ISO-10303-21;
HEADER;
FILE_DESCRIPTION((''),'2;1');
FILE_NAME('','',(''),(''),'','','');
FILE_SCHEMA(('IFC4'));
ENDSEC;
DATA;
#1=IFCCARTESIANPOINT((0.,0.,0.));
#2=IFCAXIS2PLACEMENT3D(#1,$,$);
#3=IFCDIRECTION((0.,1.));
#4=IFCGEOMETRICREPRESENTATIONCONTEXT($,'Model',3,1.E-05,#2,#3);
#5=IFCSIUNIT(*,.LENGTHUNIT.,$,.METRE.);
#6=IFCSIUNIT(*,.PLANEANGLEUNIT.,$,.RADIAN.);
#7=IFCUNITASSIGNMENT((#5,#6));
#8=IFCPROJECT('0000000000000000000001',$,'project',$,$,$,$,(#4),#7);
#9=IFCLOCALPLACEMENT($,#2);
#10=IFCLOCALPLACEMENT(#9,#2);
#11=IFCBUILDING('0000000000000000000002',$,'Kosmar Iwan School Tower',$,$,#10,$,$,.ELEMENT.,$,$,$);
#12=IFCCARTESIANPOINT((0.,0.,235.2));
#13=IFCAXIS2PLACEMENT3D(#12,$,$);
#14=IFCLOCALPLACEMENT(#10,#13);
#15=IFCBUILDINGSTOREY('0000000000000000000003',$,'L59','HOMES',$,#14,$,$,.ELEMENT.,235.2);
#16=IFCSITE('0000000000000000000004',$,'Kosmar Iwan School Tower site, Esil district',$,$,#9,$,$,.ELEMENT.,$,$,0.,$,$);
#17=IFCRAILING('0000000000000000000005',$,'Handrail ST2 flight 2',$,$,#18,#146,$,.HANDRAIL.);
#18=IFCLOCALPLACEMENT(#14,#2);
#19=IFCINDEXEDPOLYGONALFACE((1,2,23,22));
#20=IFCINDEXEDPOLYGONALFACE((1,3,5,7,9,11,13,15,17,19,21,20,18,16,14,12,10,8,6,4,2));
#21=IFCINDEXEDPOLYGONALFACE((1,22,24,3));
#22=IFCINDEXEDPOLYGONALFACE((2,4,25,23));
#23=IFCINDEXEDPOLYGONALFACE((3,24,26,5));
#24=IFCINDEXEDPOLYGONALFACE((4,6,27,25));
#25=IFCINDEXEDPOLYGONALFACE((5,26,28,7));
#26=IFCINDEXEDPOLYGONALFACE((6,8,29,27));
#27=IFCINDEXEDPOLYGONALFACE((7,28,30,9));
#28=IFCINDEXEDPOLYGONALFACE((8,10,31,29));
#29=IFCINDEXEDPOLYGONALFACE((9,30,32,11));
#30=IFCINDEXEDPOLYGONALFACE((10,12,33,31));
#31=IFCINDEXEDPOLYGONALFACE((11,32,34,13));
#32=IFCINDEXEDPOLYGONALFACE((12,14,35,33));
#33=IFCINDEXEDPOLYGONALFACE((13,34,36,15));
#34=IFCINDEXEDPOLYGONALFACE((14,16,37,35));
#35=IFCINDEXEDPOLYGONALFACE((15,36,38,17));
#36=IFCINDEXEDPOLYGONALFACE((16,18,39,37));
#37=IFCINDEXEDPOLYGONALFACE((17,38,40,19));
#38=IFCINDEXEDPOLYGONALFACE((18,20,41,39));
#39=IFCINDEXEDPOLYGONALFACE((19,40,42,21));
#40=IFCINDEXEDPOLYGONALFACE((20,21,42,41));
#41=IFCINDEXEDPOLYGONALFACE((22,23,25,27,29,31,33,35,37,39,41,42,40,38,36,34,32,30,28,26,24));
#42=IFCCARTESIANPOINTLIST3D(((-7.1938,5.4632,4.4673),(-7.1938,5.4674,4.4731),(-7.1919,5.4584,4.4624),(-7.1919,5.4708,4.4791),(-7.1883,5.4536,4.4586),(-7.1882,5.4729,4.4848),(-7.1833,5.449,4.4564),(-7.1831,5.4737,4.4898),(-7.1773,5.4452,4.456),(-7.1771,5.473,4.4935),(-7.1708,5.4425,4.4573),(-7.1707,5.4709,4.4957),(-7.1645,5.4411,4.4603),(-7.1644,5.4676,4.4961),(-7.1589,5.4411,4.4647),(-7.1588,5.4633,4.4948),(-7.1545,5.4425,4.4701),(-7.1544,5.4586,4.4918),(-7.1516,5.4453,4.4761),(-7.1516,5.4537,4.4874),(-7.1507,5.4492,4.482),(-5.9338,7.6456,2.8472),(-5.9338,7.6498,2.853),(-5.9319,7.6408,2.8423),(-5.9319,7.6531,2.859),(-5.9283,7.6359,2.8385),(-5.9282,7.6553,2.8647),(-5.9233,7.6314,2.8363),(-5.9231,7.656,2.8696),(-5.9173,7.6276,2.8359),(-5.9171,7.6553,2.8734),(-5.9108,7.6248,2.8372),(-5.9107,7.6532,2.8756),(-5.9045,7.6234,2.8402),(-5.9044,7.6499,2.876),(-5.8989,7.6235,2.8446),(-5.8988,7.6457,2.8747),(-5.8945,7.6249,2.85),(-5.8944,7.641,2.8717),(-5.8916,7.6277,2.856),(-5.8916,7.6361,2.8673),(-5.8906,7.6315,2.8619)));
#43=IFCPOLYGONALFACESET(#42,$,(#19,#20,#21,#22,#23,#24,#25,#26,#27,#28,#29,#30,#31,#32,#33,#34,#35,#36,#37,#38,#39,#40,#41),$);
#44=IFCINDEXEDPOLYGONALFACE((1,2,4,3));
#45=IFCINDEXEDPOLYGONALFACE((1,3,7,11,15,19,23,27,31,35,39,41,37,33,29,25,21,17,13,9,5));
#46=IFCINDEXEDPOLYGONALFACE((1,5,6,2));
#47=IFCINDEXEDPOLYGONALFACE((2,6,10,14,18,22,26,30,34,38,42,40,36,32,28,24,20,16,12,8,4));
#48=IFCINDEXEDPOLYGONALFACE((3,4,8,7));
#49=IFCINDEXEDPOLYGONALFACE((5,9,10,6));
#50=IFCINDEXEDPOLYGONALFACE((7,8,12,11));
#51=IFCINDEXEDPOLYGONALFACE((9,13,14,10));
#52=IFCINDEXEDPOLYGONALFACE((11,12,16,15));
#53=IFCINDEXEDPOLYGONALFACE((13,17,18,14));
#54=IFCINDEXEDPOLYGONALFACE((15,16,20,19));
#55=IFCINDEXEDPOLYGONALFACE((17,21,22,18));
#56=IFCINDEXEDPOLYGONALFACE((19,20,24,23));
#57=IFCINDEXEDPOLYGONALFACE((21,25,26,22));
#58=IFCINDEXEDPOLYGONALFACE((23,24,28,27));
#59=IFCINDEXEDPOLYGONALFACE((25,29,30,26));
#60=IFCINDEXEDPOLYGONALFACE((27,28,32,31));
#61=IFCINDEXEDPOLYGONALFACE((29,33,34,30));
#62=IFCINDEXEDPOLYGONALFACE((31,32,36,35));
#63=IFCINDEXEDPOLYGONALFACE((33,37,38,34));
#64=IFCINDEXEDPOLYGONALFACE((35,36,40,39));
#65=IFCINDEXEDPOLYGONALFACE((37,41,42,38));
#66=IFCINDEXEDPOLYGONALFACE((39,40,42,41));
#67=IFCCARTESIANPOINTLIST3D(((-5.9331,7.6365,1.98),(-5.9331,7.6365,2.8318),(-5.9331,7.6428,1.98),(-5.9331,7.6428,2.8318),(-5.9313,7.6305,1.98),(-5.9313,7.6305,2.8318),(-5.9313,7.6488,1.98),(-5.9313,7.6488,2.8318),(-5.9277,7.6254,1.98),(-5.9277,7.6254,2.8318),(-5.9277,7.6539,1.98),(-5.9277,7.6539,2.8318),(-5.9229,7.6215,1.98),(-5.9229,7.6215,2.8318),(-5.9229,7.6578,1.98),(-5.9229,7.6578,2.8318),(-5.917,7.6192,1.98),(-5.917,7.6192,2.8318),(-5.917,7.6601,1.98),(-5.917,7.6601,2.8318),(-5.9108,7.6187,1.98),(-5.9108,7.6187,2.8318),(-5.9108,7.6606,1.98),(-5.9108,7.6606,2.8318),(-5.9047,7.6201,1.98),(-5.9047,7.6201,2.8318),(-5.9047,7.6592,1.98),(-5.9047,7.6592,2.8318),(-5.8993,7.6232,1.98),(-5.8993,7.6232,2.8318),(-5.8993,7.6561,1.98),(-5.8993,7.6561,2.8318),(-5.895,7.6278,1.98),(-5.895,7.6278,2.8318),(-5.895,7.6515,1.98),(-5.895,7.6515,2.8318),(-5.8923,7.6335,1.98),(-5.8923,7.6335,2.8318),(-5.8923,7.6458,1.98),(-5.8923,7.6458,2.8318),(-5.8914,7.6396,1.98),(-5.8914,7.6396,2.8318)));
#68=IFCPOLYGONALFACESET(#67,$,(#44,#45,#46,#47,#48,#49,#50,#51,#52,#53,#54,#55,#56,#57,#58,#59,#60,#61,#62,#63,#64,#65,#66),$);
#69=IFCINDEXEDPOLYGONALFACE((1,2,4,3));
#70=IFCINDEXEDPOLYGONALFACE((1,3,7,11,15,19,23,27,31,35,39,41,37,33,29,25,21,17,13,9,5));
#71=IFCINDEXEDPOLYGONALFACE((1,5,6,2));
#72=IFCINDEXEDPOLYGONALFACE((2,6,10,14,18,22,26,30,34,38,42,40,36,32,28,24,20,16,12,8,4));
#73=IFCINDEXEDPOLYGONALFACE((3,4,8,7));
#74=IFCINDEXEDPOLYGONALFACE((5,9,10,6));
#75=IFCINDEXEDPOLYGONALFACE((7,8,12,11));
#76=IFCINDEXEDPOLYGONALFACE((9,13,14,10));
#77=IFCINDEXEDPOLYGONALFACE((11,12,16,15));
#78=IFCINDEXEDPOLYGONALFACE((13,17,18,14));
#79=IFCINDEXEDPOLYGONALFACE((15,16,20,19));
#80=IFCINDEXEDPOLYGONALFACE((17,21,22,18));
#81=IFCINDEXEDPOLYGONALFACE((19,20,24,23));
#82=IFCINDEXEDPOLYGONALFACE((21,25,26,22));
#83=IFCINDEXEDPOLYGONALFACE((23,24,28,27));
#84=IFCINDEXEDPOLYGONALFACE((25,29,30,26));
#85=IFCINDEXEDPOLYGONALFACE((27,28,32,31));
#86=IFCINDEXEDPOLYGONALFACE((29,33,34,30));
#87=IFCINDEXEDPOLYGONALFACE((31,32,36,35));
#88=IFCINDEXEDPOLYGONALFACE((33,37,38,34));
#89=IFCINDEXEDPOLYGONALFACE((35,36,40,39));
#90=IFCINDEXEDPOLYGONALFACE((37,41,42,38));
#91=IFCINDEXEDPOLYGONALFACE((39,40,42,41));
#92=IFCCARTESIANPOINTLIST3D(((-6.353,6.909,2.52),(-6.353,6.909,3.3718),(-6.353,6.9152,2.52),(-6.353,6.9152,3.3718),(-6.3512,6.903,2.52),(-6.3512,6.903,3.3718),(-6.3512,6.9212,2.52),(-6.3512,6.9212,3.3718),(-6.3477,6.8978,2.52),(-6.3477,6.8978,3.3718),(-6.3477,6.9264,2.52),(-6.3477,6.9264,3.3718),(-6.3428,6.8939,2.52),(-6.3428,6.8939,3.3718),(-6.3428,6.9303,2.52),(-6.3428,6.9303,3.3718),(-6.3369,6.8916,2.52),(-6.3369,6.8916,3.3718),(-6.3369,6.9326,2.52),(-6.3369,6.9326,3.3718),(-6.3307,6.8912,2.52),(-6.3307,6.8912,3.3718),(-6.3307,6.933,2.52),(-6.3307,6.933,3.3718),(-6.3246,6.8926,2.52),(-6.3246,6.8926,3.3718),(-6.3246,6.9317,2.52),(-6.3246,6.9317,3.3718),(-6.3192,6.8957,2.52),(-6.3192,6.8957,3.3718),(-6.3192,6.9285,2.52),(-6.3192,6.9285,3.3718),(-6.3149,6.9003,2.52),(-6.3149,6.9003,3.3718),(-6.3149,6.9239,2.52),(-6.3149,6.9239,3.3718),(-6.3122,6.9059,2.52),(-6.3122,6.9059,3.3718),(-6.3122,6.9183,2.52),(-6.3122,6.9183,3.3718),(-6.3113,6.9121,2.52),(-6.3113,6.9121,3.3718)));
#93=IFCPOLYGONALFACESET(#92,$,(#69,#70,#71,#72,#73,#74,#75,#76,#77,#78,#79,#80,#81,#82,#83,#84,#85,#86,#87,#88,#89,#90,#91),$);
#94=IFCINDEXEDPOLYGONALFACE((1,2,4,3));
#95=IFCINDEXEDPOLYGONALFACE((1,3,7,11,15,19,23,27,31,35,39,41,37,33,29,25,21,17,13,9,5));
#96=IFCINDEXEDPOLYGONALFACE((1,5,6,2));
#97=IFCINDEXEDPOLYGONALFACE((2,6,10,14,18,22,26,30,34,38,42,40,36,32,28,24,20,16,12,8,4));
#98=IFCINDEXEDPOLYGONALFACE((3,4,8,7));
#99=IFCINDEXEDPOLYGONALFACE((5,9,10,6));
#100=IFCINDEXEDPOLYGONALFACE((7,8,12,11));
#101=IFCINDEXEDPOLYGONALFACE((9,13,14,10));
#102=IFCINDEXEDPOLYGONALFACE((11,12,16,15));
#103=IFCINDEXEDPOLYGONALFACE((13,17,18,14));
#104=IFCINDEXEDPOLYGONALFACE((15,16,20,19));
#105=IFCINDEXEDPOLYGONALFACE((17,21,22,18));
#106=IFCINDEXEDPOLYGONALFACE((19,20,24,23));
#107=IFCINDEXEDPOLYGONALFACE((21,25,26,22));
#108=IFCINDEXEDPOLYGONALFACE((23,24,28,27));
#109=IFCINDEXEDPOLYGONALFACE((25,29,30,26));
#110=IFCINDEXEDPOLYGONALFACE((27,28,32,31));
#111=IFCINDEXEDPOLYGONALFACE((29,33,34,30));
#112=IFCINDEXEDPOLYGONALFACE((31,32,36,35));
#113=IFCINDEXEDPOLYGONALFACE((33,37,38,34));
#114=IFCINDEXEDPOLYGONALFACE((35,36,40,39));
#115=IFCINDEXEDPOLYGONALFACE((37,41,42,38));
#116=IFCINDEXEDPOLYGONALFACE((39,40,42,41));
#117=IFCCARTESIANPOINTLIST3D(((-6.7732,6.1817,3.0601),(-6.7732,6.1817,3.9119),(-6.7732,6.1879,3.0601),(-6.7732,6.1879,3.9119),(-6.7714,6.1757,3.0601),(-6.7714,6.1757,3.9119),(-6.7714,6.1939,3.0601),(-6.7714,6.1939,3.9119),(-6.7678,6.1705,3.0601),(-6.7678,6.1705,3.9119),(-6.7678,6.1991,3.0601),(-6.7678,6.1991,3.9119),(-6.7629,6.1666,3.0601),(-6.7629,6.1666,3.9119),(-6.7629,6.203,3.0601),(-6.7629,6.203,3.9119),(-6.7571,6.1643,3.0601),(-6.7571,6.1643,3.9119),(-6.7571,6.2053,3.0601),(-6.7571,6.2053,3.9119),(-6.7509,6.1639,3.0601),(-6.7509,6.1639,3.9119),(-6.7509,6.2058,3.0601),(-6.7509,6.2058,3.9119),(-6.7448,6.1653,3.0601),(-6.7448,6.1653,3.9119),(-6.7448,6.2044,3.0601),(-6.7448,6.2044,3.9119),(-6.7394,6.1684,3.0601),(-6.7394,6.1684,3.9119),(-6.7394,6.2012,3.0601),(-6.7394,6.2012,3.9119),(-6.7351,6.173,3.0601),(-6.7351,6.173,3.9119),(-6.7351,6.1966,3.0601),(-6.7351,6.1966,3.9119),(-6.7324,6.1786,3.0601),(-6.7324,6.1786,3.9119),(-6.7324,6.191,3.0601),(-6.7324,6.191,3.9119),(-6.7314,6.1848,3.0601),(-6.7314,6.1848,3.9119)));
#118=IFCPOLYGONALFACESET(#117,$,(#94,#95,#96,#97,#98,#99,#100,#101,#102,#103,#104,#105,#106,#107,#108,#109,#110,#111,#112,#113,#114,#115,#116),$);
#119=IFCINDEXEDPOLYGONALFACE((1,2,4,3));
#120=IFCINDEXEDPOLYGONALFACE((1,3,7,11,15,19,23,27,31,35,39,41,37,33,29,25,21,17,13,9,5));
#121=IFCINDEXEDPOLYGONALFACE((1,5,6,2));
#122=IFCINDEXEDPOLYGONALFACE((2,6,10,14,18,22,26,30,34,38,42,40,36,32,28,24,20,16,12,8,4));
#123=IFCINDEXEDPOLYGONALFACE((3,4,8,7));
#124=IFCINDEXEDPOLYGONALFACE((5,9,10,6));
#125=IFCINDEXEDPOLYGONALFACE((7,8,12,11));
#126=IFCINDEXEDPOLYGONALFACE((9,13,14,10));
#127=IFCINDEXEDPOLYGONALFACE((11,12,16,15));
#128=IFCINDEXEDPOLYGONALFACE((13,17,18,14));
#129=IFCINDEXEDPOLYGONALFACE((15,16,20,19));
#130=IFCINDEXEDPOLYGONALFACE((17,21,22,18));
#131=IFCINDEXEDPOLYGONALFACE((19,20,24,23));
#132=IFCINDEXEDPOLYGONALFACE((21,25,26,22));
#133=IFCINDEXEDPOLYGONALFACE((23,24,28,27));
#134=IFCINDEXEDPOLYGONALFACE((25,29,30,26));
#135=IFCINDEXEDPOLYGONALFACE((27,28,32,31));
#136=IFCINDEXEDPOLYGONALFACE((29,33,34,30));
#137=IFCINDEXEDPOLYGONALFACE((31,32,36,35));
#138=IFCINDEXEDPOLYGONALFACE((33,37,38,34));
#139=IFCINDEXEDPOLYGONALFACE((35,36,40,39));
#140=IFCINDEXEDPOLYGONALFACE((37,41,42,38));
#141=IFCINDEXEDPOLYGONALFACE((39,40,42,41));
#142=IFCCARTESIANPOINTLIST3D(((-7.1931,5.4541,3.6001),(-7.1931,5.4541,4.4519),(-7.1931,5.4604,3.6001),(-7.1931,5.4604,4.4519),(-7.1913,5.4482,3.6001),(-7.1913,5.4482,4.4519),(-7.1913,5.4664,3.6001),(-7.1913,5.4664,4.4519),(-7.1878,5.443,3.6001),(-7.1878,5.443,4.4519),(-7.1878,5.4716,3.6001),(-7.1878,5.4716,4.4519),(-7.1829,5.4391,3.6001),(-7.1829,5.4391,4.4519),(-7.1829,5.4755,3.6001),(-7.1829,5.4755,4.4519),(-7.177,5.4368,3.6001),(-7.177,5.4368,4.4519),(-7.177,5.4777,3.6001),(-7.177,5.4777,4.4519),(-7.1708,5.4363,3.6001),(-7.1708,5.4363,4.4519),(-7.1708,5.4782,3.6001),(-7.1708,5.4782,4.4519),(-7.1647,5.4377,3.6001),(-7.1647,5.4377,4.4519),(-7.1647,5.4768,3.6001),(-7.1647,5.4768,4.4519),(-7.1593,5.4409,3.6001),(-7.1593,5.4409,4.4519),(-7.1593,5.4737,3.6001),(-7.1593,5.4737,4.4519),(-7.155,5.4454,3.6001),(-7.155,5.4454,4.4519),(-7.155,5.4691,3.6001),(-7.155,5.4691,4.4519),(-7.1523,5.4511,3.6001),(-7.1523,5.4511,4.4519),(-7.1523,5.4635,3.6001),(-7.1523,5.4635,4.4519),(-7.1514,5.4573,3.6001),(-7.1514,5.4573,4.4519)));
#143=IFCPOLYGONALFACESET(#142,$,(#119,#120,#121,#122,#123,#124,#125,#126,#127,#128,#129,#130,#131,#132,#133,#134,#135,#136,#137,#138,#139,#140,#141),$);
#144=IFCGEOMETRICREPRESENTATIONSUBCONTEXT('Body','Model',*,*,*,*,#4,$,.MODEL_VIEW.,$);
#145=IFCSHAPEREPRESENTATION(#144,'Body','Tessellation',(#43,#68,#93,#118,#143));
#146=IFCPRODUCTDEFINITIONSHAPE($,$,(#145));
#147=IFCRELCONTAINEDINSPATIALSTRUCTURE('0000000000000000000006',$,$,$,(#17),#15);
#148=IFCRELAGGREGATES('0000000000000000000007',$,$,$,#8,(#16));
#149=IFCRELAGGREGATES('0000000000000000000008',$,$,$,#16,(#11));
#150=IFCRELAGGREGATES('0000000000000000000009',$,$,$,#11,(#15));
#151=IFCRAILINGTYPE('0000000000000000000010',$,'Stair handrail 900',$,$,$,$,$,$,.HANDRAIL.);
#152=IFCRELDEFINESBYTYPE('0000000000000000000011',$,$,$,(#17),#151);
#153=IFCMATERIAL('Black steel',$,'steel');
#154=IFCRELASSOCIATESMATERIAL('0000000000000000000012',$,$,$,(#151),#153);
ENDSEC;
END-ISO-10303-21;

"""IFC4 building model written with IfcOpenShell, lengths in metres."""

from ifc_helpers import new_model, si_unit, direction, frame, origin, origin_2d, place, context, subcontext, project, spatial, circle, extrude, material, type_object, element, save


model = new_model("IFC4")

# Units and contexts
model_context = context("Model", 3, precision=1e-05, world=origin(), true_north=direction((0.0, 1.0)))
body_context = subcontext(model_context, "Body", "Model", "MODEL_VIEW")
ifc_project = project(units=[si_unit("LENGTHUNIT", "METRE"), si_unit("PLANEANGLEUNIT", "RADIAN")], contexts=[model_context])

# Site, building, storey
site_placement = place(None, origin())
site = spatial("IfcSite", under=ifc_project, at=site_placement, Name="Kosmar Iwan School Tower site, Esil district", CompositionType="ELEMENT", RefElevation=0.0)
building_placement = place(site_placement, origin())
building = spatial("IfcBuilding", under=site, at=building_placement, Name="Kosmar Iwan School Tower", CompositionType="ELEMENT")
storey_placement = place(building_placement, frame((0.0, 0.0, 235.2)))
storey = spatial("IfcBuildingStorey", under=building, at=storey_placement, Name="L59", Description="HOMES", CompositionType="ELEMENT", Elevation=235.2)

# Railing
ifc_material_1 = material(Name="Black steel", Category="steel")
railing_type = type_object("IfcRailingType", Name="Stair handrail 900", PredefinedType="HANDRAIL", material=ifc_material_1)
railing_1_placement = place(storey_placement, frame((-5.9124, 7.6396, 1.98)))
element("IfcRailing", 1, at=railing_1_placement, inside=storey, type_object=railing_type, Name="Handrail ST2 flight 2", PredefinedType="HANDRAIL", context=body_context, shape_type="SweptSolid", body=[
    extrude(circle(Radius=0.0239, at=origin_2d()), frame((0.0, 0.0, 0.876), z_axis=(-0.420584, -0.728464, 0.540786), x_axis=(0.866023, -0.500005, 0.0)), (0.0, 0.0, 1.0), 2.9958),
    extrude(circle(Radius=0.021, at=origin_2d()), origin(), (0.0, 0.0, 1.0), 0.8518),
    extrude(circle(Radius=0.021, at=origin_2d()), frame((-0.4199, -0.7275, 0.54)), (0.0, 0.0, 1.0), 0.8518),
    extrude(circle(Radius=0.021, at=origin_2d()), frame((-0.8401, -1.4548, 1.0801)), (0.0, 0.0, 1.0), 0.8518),
    extrude(circle(Radius=0.021, at=origin_2d()), frame((-1.26, -2.1824, 1.6201)), (0.0, 0.0, 1.0), 0.8518),
])

save(model, "model.ifc")
